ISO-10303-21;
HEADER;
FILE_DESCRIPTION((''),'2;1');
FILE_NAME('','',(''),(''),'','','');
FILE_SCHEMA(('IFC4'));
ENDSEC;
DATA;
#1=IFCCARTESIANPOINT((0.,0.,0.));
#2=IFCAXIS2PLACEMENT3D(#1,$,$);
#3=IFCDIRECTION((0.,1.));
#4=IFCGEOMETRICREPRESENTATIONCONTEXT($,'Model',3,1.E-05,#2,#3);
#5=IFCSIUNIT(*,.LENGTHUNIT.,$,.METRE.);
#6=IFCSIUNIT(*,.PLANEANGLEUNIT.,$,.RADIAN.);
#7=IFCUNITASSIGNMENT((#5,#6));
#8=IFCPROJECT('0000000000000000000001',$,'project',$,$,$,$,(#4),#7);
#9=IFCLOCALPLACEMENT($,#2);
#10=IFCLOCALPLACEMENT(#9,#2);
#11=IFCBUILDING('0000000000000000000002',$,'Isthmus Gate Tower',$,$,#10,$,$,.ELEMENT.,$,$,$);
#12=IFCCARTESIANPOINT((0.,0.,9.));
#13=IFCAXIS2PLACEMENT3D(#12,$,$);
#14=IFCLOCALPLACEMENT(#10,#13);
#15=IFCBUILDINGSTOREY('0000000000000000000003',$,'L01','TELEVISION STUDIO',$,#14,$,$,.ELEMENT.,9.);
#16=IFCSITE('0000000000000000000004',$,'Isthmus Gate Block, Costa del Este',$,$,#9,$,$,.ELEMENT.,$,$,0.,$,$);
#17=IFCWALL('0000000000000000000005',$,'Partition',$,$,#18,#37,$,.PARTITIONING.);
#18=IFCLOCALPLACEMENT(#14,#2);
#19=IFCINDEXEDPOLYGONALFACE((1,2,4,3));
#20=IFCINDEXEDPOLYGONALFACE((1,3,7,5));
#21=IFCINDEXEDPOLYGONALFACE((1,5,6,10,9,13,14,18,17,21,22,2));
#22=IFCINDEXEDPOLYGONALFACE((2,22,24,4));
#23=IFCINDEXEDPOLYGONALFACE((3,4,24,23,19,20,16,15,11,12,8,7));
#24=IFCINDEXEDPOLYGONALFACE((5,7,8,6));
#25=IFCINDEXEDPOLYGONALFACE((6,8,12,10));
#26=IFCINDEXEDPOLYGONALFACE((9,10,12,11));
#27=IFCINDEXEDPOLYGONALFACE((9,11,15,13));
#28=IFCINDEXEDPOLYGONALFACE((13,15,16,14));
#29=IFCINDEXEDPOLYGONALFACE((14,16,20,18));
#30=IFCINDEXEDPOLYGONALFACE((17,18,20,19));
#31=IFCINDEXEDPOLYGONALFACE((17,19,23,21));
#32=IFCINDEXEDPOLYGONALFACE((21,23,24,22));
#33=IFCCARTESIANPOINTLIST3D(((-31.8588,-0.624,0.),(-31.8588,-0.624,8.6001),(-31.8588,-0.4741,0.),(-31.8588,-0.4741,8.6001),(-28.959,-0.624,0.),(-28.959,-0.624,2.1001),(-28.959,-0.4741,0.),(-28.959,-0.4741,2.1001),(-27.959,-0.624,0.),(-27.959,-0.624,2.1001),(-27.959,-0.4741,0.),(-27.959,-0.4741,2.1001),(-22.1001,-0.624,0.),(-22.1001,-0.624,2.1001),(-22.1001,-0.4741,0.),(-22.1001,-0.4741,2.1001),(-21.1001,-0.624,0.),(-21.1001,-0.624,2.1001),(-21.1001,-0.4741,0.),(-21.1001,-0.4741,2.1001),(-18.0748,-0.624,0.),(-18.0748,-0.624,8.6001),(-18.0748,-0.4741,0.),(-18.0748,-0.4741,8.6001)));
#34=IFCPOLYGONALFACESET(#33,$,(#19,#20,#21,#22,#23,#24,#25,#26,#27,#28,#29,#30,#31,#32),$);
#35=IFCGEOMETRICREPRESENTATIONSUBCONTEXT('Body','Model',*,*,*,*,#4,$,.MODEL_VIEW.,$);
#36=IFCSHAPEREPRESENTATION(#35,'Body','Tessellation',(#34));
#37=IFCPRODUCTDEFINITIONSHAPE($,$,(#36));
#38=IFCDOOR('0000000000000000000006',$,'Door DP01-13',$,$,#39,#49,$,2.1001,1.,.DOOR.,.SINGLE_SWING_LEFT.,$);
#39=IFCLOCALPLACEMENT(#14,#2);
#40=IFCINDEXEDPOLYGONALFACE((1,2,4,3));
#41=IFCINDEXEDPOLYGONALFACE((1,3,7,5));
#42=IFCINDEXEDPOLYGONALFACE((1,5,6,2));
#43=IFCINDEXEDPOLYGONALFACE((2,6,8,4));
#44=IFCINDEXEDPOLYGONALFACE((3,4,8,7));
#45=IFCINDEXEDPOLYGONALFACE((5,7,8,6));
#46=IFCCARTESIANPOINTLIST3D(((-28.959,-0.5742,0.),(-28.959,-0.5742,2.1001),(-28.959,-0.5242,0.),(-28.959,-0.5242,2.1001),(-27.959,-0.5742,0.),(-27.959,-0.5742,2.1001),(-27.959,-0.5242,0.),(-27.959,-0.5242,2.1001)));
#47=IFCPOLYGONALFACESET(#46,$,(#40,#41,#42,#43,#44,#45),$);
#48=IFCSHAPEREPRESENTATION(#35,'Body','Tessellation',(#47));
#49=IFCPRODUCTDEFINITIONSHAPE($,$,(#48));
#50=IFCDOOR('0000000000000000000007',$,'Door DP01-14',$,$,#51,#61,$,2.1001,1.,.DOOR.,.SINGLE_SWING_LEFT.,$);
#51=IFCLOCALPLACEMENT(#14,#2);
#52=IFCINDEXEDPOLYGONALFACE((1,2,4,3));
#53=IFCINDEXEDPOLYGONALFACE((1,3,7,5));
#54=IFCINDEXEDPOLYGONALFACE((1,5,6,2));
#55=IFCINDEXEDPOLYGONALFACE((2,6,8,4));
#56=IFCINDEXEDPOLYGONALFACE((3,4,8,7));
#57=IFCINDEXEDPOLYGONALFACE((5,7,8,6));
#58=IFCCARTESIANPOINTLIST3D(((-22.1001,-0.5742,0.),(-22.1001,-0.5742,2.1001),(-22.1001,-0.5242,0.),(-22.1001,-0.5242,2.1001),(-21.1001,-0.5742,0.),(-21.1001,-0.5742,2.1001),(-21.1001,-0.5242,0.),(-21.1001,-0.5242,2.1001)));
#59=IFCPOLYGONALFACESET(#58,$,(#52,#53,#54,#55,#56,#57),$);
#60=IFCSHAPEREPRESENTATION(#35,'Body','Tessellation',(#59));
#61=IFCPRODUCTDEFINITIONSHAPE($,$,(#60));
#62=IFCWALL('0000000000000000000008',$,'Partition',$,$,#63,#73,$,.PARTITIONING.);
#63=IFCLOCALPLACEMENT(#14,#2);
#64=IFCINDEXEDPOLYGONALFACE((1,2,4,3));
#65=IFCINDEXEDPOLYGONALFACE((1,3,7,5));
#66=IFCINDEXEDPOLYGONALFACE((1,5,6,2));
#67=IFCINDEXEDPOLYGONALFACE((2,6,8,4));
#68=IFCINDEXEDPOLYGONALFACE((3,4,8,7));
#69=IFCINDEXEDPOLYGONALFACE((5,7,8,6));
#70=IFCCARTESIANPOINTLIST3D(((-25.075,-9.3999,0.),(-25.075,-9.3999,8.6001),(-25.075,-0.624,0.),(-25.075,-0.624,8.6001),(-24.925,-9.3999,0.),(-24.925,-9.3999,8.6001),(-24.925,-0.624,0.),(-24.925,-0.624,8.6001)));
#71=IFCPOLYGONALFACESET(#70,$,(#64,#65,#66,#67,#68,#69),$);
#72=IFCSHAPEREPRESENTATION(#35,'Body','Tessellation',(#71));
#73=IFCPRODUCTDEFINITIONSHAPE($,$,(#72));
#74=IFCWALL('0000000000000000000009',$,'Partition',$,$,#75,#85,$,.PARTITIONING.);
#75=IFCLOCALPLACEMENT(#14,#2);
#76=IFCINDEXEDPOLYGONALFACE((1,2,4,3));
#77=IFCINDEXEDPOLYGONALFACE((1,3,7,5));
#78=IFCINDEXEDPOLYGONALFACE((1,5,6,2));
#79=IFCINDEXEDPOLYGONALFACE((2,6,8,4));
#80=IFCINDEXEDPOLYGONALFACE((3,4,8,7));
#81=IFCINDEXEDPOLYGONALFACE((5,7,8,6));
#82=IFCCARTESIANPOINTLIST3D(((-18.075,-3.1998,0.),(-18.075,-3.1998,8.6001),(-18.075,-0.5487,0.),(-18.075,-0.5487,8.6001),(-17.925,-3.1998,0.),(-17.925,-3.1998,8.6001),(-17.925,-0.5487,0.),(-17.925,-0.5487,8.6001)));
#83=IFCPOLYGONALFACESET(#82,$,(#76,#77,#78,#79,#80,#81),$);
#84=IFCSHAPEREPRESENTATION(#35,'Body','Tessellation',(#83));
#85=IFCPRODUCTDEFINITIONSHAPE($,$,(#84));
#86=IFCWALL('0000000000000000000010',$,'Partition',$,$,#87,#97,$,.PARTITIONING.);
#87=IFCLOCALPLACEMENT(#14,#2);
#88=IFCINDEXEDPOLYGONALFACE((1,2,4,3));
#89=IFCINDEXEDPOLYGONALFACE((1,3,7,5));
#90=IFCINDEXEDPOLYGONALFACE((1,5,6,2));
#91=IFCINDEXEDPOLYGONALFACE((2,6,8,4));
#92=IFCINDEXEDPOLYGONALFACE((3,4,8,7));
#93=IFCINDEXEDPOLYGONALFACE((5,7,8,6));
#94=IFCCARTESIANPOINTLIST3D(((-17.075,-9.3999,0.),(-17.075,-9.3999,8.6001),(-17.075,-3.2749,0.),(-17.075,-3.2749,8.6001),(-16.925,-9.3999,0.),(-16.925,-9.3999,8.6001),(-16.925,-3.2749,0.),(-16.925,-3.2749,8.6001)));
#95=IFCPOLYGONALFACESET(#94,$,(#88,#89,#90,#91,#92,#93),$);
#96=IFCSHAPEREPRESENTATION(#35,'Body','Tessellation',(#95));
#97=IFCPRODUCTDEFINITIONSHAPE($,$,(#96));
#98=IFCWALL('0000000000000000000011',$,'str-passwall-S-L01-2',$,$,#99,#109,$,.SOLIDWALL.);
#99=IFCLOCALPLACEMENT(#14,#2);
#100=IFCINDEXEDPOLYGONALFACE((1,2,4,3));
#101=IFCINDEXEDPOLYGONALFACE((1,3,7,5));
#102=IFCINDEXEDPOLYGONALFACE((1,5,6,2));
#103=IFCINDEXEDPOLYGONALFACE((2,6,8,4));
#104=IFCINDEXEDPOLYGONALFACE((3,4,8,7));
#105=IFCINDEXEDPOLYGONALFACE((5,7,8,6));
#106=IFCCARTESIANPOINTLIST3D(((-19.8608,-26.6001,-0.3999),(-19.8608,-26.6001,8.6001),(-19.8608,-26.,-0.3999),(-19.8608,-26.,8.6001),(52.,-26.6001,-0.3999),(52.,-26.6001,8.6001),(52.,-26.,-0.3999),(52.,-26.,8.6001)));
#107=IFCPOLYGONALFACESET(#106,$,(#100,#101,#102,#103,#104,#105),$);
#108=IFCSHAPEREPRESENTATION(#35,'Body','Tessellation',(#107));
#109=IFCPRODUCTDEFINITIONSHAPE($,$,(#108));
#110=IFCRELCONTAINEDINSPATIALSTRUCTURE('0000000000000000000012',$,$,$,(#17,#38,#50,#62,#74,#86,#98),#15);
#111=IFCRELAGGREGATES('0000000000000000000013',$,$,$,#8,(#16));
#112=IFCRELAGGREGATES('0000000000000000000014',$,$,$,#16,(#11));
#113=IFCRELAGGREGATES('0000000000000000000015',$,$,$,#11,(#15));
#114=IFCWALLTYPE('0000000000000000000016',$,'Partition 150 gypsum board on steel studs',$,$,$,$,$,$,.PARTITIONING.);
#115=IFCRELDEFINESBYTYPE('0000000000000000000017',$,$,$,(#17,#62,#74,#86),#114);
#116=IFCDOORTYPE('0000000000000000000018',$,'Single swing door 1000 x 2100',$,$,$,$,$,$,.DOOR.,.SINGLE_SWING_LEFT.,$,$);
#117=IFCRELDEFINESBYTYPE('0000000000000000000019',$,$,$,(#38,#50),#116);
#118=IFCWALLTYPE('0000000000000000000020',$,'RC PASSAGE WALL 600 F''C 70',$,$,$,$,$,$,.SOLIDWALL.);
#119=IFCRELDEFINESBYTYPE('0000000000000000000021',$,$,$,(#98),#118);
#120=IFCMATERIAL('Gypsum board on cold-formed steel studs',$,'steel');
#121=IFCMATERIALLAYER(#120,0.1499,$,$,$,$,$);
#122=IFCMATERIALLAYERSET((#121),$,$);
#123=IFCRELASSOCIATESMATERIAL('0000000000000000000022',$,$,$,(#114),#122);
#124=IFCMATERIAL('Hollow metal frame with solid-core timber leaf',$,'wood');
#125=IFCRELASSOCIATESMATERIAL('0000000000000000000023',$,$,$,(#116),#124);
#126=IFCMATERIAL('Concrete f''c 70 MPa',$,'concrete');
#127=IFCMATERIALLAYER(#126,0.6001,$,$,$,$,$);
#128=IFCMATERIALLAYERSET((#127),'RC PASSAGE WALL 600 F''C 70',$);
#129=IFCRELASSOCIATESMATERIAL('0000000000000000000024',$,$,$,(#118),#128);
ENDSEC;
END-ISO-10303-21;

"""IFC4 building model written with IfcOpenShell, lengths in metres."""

from ifc_helpers import new_model, si_unit, direction, frame, frame_2d, origin, place, context, subcontext, project, spatial, rectangle, extrude, material, layer, layer_set, type_object, element, fill, save


model = new_model("IFC4")

# Units and contexts
model_context = context("Model", 3, precision=1e-05, world=origin(), true_north=direction((0.0, 1.0)))
body_context = subcontext(model_context, "Body", "Model", "MODEL_VIEW")
ifc_project = project(units=[si_unit("LENGTHUNIT", "METRE"), si_unit("PLANEANGLEUNIT", "RADIAN")], contexts=[model_context])

# Site, building, storey
site_placement = place(None, origin())
site = spatial("IfcSite", under=ifc_project, at=site_placement, Name="Isthmus Gate Block, Costa del Este", CompositionType="ELEMENT", RefElevation=0.0)
building_placement = place(site_placement, origin())
building = spatial("IfcBuilding", under=site, at=building_placement, Name="Isthmus Gate Tower", CompositionType="ELEMENT")
storey_placement = place(building_placement, frame((0.0, 0.0, 9.0)))
storey = spatial("IfcBuildingStorey", under=building, at=storey_placement, Name="L01", Description="TELEVISION STUDIO", CompositionType="ELEMENT", Elevation=9.0)

# Wall, openings, doors
ifc_material_1 = material(Name="Gypsum board on cold-formed steel studs", Category="steel")
ifc_layer_1 = layer(ifc_material_1, 0.1499)
ifc_layer_set_1 = layer_set([ifc_layer_1])
wall_type_1 = type_object("IfcWallType", Name="Partition 150 gypsum board on steel studs", PredefinedType="PARTITIONING", material=ifc_layer_set_1)
ifc_material_2 = material(Name="Hollow metal frame with solid-core timber leaf", Category="wood")
door_type = type_object("IfcDoorType", Name="Single swing door 1000 x 2100", OperationType="SINGLE_SWING_LEFT", PredefinedType="DOOR", material=ifc_material_2)
wall_1_placement = place(storey_placement, frame((-31.8589, -0.5491, 0.0), z_axis=(0.0, 0.0, 1.0), x_axis=(1.0, 0.0, 0.0)))
wall_1 = element("IfcWall", 1, at=wall_1_placement, inside=storey, type_object=wall_type_1, Name="Partition", PredefinedType="PARTITIONING", context=body_context, shape_type="SweptSolid", body=[
    extrude(rectangle(XDim=13.7839, YDim=0.1499, at=frame_2d((6.8921, 0.0))), origin(), (0.0, 0.0, 1.0), 8.6001),
])
opening_1_placement = place(wall_1_placement, frame((2.8999, 0.0, 0.0)))
opening_1 = element("IfcOpeningElement", 2, at=opening_1_placement, cuts=wall_1, PredefinedType="OPENING", context=body_context, shape_type="SweptSolid", body=[
    extrude(rectangle(XDim=1.0, YDim=2.1001, at=frame_2d((0.5, 1.05))), frame((0.0, 0.085, 0.0), z_axis=(0.0, -1.0, 0.0), x_axis=(1.0, 0.0, 0.0)), (0.0, 0.0, 1.0), 0.1699),
])
opening_2_placement = place(wall_1_placement, frame((9.7588, 0.0, 0.0)))
opening_2 = element("IfcOpeningElement", 3, at=opening_2_placement, cuts=wall_1, PredefinedType="OPENING", context=body_context, shape_type="SweptSolid", body=[
    extrude(rectangle(XDim=1.0, YDim=2.1001, at=frame_2d((0.5, 1.05))), frame((0.0, 0.085, 0.0), z_axis=(0.0, -1.0, 0.0), x_axis=(1.0, 0.0, 0.0)), (0.0, 0.0, 1.0), 0.1699),
])
door_1_placement = place(opening_1_placement, origin())
door_1 = element("IfcDoor", 4, at=door_1_placement, inside=storey, type_object=door_type, Name="Door DP01-13", OperationType="SINGLE_SWING_LEFT", OverallHeight=2.1001, OverallWidth=1.0, PredefinedType="DOOR", context=body_context, shape_type="SweptSolid", body=[
    extrude(rectangle(XDim=1.0, YDim=2.1001, at=frame_2d((0.5, 1.05))), frame((0.0, 0.0249, 0.0), z_axis=(0.0, -1.0, 0.0), x_axis=(1.0, 0.0, 0.0)), (0.0, 0.0, 1.0), 0.05),
])
fill(opening_1, door_1)
door_2_placement = place(opening_2_placement, origin())
door_2 = element("IfcDoor", 5, at=door_2_placement, inside=storey, type_object=door_type, Name="Door DP01-14", OperationType="SINGLE_SWING_LEFT", OverallHeight=2.1001, OverallWidth=1.0, PredefinedType="DOOR", context=body_context, shape_type="SweptSolid", body=[
    extrude(rectangle(XDim=1.0, YDim=2.1001, at=frame_2d((0.5, 1.05))), frame((0.0, 0.0249, 0.0), z_axis=(0.0, -1.0, 0.0), x_axis=(1.0, 0.0, 0.0)), (0.0, 0.0, 1.0), 0.05),
])
fill(opening_2, door_2)

# Walls
wall_2_placement = place(storey_placement, frame((-25.0, -9.3999, 0.0), z_axis=(0.0, 0.0, 1.0), x_axis=(0.0, 1.0, 0.0)))
element("IfcWall", 6, at=wall_2_placement, inside=storey, type_object=wall_type_1, Name="Partition", PredefinedType="PARTITIONING", context=body_context, shape_type="SweptSolid", body=[
    extrude(rectangle(XDim=8.7759, YDim=0.1499, at=frame_2d((4.3879, 0.0))), origin(), (0.0, 0.0, 1.0), 8.6001),
])
wall_3_placement = place(storey_placement, frame((-18.0, -3.2, 0.0), z_axis=(0.0, 0.0, 1.0), x_axis=(0.0, 1.0, 0.0)))
element("IfcWall", 7, at=wall_3_placement, inside=storey, type_object=wall_type_1, Name="Partition", PredefinedType="PARTITIONING", context=body_context, shape_type="SweptSolid", body=[
    extrude(rectangle(XDim=2.6511, YDim=0.1499, at=frame_2d((1.3257, 0.0))), origin(), (0.0, 0.0, 1.0), 8.6001),
])
wall_4_placement = place(storey_placement, frame((-17.0, -9.3999, 0.0), z_axis=(0.0, 0.0, 1.0), x_axis=(0.0, 1.0, 0.0)))
element("IfcWall", 8, at=wall_4_placement, inside=storey, type_object=wall_type_1, Name="Partition", PredefinedType="PARTITIONING", context=body_context, shape_type="SweptSolid", body=[
    extrude(rectangle(XDim=6.125, YDim=0.1499, at=frame_2d((3.0625, 0.0))), origin(), (0.0, 0.0, 1.0), 8.6001),
])
ifc_material_3 = material(Name="Concrete f'c 70 MPa", Category="concrete")
ifc_layer_2 = layer(ifc_material_3, 0.6001)
ifc_layer_set_2 = layer_set([ifc_layer_2], Name="RC PASSAGE WALL 600 F'C 70")
wall_type_2 = type_object("IfcWallType", Name="RC PASSAGE WALL 600 F'C 70", PredefinedType="SOLIDWALL", material=ifc_layer_set_2)
wall_5_placement = place(storey_placement, frame((-19.8608, -26.3, -0.3999), z_axis=(0.0, 0.0, 1.0), x_axis=(1.0, 0.0, 0.0)))
element("IfcWall", 9, at=wall_5_placement, inside=storey, type_object=wall_type_2, Name="str-passwall-S-L01-2", PredefinedType="SOLIDWALL", context=body_context, shape_type="SweptSolid", body=[
    extrude(rectangle(XDim=71.8608, YDim=0.6001, at=frame_2d((35.9304, 0.0))), origin(), (0.0, 0.0, 1.0), 9.0),
])

save(model, "model.ifc")
